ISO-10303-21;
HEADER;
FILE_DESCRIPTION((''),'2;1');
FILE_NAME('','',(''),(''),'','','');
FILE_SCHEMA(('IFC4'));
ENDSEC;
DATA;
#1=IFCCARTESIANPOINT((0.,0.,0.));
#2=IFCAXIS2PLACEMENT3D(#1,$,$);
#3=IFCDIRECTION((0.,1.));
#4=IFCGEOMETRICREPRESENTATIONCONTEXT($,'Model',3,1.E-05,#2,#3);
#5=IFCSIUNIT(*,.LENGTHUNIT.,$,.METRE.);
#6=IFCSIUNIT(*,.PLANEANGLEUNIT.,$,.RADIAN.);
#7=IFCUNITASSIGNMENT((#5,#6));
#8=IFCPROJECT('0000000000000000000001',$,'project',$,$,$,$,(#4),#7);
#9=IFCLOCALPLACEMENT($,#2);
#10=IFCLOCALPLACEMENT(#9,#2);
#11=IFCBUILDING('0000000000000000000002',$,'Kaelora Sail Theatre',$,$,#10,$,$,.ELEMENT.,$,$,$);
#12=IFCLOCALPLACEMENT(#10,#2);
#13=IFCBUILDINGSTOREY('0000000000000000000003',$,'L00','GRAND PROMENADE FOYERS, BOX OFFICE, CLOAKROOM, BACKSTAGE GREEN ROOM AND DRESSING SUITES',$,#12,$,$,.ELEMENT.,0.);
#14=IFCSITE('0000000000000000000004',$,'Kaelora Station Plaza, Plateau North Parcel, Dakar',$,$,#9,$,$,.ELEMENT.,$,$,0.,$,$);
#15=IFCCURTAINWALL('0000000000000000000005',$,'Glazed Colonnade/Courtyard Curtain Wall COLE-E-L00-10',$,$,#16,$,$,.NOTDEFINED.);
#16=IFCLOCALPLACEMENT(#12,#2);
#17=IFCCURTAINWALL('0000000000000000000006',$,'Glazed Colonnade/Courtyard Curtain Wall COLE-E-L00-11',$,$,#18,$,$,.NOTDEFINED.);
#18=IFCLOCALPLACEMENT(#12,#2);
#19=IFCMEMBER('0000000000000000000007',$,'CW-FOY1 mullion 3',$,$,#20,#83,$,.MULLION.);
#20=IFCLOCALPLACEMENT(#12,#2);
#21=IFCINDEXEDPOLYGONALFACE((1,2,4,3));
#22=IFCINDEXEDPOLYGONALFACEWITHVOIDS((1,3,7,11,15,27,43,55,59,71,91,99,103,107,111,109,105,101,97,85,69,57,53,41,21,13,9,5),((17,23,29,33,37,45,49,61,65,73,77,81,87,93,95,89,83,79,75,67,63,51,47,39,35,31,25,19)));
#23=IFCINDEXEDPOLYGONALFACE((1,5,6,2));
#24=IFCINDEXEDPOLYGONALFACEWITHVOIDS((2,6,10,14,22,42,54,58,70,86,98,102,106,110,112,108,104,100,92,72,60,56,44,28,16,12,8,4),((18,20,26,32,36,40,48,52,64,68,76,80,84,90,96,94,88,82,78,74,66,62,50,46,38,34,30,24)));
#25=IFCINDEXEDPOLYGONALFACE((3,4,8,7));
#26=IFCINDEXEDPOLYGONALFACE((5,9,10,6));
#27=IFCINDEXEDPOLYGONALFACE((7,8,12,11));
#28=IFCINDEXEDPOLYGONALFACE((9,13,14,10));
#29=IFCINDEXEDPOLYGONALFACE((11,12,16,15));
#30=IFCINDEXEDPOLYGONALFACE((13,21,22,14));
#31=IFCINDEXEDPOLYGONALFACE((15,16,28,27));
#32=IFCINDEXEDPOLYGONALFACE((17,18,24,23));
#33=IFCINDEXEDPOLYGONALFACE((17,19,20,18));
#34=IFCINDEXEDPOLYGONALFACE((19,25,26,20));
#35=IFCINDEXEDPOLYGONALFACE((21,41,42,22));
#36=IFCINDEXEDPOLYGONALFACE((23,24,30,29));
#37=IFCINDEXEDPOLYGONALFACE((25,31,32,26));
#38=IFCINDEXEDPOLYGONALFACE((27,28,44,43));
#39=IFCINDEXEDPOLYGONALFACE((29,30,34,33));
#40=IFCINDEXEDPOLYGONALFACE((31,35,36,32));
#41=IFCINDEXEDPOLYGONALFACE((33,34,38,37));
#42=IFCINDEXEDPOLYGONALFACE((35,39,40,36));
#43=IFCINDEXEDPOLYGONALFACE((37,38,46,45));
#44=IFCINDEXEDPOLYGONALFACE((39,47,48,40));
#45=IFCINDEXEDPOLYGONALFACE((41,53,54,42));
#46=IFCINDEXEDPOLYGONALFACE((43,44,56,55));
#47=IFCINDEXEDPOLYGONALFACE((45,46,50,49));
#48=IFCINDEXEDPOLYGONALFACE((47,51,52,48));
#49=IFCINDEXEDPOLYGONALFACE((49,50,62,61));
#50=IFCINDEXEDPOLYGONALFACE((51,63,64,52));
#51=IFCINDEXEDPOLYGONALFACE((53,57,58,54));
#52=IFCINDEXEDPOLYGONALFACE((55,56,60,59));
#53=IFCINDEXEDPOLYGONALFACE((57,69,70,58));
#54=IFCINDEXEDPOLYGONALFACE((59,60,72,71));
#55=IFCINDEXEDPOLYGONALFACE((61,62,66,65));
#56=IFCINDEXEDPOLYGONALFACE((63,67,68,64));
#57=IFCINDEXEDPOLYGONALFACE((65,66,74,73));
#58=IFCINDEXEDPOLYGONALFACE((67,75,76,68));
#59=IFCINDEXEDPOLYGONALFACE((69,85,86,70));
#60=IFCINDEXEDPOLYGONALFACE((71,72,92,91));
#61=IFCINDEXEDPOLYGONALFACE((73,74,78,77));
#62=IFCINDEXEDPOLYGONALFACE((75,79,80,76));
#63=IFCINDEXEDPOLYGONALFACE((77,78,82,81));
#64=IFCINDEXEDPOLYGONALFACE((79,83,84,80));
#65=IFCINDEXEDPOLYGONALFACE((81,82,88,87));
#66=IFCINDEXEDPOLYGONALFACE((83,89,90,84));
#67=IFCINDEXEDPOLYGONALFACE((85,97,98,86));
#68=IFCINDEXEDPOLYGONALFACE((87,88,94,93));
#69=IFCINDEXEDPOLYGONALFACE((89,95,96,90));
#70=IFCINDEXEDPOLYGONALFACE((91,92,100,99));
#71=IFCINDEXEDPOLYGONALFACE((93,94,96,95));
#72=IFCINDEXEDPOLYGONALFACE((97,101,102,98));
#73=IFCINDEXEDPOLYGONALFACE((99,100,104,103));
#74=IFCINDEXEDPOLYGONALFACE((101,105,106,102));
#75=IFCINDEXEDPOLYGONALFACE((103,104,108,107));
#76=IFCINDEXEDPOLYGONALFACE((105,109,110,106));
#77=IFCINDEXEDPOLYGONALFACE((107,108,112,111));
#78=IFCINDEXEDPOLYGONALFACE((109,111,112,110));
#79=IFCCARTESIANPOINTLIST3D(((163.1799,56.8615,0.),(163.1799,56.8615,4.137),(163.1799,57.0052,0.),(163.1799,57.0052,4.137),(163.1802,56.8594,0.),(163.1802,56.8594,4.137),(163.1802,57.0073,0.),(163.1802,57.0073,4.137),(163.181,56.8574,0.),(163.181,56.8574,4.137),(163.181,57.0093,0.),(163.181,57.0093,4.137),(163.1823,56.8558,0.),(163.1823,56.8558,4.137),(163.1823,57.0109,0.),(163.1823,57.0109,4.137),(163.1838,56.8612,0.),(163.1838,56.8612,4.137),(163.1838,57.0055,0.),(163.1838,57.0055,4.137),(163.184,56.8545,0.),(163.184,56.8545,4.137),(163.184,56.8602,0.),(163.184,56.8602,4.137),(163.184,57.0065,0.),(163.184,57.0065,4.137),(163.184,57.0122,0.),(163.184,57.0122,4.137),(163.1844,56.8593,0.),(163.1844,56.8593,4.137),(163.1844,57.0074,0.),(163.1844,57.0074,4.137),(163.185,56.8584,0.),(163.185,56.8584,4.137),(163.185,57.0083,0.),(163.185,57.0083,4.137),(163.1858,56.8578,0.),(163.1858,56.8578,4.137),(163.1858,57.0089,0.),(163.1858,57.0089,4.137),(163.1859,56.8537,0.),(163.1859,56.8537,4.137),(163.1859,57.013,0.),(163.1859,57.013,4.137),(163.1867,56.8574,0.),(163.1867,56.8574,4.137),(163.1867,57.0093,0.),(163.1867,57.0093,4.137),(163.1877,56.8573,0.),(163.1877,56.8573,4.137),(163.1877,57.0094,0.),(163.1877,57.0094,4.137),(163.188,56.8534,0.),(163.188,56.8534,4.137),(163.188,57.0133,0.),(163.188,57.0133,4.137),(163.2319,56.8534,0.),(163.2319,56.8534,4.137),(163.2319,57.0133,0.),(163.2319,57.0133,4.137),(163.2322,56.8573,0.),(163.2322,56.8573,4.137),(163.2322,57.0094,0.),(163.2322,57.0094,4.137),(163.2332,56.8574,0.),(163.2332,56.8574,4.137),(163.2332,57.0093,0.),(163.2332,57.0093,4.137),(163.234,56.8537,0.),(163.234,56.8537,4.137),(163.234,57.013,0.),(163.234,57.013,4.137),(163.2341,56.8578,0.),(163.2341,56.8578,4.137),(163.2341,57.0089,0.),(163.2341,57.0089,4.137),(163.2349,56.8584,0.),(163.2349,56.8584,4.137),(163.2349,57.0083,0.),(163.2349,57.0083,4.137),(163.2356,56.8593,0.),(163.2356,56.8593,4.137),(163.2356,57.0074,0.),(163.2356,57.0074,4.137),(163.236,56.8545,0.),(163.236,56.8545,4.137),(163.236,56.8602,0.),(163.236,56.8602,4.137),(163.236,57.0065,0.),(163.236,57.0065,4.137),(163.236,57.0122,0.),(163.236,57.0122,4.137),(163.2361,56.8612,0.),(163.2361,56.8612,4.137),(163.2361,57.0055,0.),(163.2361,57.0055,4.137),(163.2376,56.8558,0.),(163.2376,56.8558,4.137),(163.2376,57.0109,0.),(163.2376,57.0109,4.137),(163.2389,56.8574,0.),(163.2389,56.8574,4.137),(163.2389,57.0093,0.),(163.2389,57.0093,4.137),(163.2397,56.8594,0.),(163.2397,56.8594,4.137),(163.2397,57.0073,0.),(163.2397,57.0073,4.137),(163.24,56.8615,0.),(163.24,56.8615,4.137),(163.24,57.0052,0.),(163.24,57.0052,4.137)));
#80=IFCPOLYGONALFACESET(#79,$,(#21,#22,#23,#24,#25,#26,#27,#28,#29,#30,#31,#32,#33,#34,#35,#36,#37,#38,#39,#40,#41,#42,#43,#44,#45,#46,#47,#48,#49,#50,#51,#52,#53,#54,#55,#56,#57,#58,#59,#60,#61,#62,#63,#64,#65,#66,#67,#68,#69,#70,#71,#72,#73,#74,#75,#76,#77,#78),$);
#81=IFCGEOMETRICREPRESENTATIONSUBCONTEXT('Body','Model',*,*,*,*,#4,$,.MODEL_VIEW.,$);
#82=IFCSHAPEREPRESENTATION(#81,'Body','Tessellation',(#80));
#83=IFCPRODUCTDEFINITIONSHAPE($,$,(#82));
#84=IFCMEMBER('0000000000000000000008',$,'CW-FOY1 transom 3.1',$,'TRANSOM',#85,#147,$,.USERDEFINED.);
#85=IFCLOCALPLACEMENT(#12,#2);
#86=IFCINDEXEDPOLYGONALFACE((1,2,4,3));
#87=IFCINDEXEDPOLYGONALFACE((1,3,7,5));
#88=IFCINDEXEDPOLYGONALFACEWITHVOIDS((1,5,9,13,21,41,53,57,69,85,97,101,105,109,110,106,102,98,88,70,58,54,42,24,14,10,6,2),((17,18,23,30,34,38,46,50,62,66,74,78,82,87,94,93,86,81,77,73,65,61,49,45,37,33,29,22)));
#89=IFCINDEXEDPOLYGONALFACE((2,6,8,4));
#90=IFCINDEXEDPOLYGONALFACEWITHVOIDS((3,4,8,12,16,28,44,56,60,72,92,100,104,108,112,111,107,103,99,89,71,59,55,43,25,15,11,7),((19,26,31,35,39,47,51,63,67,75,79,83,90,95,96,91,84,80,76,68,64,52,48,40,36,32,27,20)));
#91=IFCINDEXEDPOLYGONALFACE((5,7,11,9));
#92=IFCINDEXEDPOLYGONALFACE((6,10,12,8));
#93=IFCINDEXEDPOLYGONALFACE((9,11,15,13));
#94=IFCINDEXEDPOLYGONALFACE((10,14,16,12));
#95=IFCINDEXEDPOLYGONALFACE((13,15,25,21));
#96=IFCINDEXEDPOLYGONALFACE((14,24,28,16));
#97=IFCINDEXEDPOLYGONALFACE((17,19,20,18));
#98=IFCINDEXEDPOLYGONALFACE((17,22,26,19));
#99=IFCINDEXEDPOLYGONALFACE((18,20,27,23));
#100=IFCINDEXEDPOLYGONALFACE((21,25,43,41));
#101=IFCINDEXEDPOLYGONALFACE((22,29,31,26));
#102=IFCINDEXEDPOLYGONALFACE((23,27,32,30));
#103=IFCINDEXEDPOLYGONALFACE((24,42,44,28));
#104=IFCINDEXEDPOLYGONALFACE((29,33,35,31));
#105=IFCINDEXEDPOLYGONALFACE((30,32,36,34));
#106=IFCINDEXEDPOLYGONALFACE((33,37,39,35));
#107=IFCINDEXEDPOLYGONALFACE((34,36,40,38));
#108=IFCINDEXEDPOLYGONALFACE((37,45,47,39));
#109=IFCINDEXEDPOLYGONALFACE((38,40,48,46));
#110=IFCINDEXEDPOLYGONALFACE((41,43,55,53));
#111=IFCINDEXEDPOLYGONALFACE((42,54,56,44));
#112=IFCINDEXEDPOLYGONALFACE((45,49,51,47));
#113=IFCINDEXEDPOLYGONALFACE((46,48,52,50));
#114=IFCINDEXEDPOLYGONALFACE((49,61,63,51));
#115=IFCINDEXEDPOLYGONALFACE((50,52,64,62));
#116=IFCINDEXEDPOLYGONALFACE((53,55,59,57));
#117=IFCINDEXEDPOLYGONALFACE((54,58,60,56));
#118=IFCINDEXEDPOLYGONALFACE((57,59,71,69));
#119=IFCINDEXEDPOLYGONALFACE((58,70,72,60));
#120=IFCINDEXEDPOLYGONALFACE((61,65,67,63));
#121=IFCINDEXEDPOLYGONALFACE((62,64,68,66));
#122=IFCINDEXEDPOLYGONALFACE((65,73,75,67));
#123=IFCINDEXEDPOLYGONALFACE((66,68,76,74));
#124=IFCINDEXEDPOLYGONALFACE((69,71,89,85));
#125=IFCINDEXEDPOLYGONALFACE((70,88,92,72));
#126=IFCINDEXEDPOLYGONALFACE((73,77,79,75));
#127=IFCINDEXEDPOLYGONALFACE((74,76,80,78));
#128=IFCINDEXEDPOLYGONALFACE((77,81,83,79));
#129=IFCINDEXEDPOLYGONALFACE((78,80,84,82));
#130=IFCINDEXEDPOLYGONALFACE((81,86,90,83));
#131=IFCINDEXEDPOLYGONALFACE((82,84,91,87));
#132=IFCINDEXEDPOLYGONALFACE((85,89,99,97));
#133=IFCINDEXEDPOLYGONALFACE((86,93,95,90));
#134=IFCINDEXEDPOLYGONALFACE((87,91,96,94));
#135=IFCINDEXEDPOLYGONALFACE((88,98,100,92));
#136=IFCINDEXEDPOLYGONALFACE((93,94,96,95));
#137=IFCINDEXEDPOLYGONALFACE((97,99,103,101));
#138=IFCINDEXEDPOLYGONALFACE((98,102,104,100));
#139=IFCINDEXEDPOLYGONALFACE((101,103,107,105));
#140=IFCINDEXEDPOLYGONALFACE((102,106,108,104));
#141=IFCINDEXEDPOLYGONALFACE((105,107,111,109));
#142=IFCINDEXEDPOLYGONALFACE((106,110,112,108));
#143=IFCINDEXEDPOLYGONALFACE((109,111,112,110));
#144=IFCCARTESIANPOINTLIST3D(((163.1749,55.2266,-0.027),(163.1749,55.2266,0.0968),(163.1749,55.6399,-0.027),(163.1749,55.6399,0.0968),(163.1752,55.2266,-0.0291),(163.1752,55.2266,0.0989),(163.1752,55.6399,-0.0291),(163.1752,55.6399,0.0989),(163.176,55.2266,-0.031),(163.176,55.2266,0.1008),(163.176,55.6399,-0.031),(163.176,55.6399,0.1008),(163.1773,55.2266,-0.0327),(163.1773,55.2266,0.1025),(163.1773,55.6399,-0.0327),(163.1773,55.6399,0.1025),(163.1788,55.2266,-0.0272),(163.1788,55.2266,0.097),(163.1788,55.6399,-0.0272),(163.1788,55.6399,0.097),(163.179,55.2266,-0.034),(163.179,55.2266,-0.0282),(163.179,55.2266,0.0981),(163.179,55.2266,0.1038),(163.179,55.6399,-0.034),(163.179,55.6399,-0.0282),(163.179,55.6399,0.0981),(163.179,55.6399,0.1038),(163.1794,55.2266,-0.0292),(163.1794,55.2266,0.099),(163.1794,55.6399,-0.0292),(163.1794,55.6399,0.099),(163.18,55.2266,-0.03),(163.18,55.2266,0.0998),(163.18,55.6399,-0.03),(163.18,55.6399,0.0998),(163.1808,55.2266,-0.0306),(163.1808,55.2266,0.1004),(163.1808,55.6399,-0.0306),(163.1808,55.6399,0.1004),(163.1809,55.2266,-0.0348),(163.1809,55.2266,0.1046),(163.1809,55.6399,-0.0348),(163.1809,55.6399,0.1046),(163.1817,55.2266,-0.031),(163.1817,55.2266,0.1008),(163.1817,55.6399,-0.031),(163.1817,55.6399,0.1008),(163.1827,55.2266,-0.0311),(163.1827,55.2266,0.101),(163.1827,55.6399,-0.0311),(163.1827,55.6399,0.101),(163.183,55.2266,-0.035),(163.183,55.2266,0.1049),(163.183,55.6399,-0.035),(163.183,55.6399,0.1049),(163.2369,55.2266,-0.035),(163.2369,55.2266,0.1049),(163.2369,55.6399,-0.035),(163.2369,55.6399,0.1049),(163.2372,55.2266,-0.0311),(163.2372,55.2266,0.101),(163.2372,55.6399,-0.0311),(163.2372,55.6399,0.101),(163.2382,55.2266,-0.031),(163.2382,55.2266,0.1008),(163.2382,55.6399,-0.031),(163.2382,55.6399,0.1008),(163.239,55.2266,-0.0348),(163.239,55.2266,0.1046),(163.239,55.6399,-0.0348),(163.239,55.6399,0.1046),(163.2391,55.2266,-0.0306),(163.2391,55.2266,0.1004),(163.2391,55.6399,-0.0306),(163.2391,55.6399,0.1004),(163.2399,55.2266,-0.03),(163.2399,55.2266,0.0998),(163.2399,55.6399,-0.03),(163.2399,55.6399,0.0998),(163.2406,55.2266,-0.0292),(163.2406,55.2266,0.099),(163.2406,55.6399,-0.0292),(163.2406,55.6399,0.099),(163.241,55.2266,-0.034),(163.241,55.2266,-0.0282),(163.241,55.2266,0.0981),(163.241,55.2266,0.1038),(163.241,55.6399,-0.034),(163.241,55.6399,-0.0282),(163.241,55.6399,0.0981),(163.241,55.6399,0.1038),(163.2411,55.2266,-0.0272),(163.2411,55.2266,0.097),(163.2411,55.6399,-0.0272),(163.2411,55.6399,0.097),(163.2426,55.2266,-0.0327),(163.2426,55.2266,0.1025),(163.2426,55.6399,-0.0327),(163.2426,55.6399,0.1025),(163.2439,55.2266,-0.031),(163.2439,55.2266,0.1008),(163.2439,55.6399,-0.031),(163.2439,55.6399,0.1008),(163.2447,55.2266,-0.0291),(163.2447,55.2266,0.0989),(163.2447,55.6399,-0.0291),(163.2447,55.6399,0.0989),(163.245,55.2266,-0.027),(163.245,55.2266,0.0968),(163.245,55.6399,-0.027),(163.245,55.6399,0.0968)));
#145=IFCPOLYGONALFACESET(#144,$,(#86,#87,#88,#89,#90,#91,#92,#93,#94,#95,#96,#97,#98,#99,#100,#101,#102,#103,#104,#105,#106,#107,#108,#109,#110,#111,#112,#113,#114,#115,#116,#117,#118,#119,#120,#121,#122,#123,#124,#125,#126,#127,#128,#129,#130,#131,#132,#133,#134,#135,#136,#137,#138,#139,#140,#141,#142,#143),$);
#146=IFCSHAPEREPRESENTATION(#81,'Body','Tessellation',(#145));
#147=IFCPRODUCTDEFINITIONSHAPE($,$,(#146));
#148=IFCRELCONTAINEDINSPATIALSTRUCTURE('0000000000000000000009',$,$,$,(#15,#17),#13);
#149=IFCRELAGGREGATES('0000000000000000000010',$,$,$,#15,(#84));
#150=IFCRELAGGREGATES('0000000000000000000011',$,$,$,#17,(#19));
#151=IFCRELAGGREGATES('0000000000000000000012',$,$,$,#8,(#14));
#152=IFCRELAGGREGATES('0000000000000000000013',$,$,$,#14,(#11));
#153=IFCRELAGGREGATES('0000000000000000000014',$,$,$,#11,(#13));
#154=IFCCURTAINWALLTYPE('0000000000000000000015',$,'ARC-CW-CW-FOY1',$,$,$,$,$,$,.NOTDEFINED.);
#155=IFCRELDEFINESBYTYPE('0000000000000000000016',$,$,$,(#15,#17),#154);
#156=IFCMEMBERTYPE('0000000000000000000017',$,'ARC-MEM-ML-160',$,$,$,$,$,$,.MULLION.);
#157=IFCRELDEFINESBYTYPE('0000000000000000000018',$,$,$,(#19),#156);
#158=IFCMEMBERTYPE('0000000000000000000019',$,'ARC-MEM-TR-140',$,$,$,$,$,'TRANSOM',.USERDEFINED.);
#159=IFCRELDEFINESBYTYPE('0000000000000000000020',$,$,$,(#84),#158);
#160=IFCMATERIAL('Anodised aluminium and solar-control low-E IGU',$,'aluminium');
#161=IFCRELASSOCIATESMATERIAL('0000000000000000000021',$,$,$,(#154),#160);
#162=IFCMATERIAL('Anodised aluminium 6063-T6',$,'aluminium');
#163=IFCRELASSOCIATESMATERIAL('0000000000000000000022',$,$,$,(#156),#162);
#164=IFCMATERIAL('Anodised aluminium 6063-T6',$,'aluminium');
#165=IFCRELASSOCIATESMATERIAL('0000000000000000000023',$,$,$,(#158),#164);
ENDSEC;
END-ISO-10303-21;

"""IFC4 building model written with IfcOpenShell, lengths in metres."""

from ifc_helpers import new_model, si_unit, direction, frame, origin, origin_2d, place, context, subcontext, project, spatial, hollow_rectangle, extrude, material, material_profile, profile_set, type_object, element, aggregate, save


model = new_model("IFC4")

# Units and contexts
model_context = context("Model", 3, precision=1e-05, world=origin(), true_north=direction((0.0, 1.0)))
body_context = subcontext(model_context, "Body", "Model", "MODEL_VIEW")
ifc_project = project(units=[si_unit("LENGTHUNIT", "METRE"), si_unit("PLANEANGLEUNIT", "RADIAN")], contexts=[model_context])

# Site, building, storey
site_placement = place(None, origin())
site = spatial("IfcSite", under=ifc_project, at=site_placement, Name="Kaelora Station Plaza, Plateau North Parcel, Dakar", CompositionType="ELEMENT", RefElevation=0.0)
building_placement = place(site_placement, origin())
building = spatial("IfcBuilding", under=site, at=building_placement, Name="Kaelora Sail Theatre", CompositionType="ELEMENT")
storey_placement = place(building_placement, origin())
storey = spatial("IfcBuildingStorey", under=building, at=storey_placement, Name="L00", Description="GRAND PROMENADE FOYERS, BOX OFFICE, CLOAKROOM, BACKSTAGE GREEN ROOM AND DRESSING SUITES", CompositionType="ELEMENT", Elevation=0.0)

# Curtain walls, member
ifc_material_1 = material(Name="Anodised aluminium and solar-control low-E IGU", Category="aluminium")
curtain_wall_type = type_object("IfcCurtainWallType", Name="ARC-CW-CW-FOY1", PredefinedType="NOTDEFINED", material=ifc_material_1)
curtain_wall_1_placement = place(storey_placement, origin())
curtain_wall_1 = element("IfcCurtainWall", 1, at=curtain_wall_1_placement, inside=storey, type_object=curtain_wall_type, Name="Glazed Colonnade/Courtyard Curtain Wall COLE-E-L00-10", PredefinedType="NOTDEFINED")
ifc_material_2 = material(Name="Anodised aluminium 6063-T6", Category="aluminium")
ifc_material_profile_1 = material_profile(ifc_material_2, hollow_rectangle(XDim=0.0601, YDim=0.1599, WallThickness=0.0039, InnerFilletRadius=0.0039, OuterFilletRadius=0.0081, at=origin_2d()), Name="ALU-MULL 60x160x4")
ifc_profile_set_1 = profile_set([ifc_material_profile_1], Name="Anodised aluminium 6063-T6")
member_type_1 = type_object("IfcMemberType", Name="ARC-MEM-ML-160", PredefinedType="MULLION", material=ifc_profile_set_1)
curtain_wall_2_placement = place(storey_placement, origin())
curtain_wall_2 = element("IfcCurtainWall", 2, at=curtain_wall_2_placement, inside=storey, type_object=curtain_wall_type, Name="Glazed Colonnade/Courtyard Curtain Wall COLE-E-L00-11", PredefinedType="NOTDEFINED")
member_1_placement = place(storey_placement, frame((163.21, 56.9333, 0.0), z_axis=(0.0, 0.0, 1.0), x_axis=(-1.0, 0.0, 0.0)))
member_1 = element("IfcMember", 3, at=member_1_placement, type_object=member_type_1, Name="CW-FOY1 mullion 3", PredefinedType="MULLION", context=body_context, shape_type="SweptSolid", body=[
    extrude(hollow_rectangle(XDim=0.0601, YDim=0.1599, WallThickness=0.0039, InnerFilletRadius=0.0039, OuterFilletRadius=0.0081, at=origin_2d()), origin(), (0.0, 0.0, 1.0), 4.137),
])

# Member
ifc_material_3 = material(Name="Anodised aluminium 6063-T6", Category="aluminium")
ifc_material_profile_2 = material_profile(ifc_material_3, hollow_rectangle(XDim=0.0701, YDim=0.1399, WallThickness=0.0039, InnerFilletRadius=0.0039, OuterFilletRadius=0.0081, at=origin_2d()), Name="ALU-TRAN 70x140x4")
ifc_profile_set_2 = profile_set([ifc_material_profile_2], Name="Anodised aluminium 6063-T6")
member_type_2 = type_object("IfcMemberType", Name="ARC-MEM-TR-140", ElementType="TRANSOM", PredefinedType="USERDEFINED", material=ifc_profile_set_2)
member_2_placement = place(storey_placement, frame((163.21, 55.2266, 0.0349), z_axis=(0.0, 1.0, 0.0), x_axis=(-1.0, 0.0, 0.0)))
member_2 = element("IfcMember", 4, at=member_2_placement, type_object=member_type_2, Name="CW-FOY1 transom 3.1", ObjectType="TRANSOM", PredefinedType="USERDEFINED", context=body_context, shape_type="SweptSolid", body=[
    extrude(hollow_rectangle(XDim=0.0701, YDim=0.1399, WallThickness=0.0039, InnerFilletRadius=0.0039, OuterFilletRadius=0.0081, at=origin_2d()), origin(), (0.0, 0.0, 1.0), 0.4133),
])

aggregate(curtain_wall_1, [member_2])
aggregate(curtain_wall_2, [member_1])

save(model, "model.ifc")
